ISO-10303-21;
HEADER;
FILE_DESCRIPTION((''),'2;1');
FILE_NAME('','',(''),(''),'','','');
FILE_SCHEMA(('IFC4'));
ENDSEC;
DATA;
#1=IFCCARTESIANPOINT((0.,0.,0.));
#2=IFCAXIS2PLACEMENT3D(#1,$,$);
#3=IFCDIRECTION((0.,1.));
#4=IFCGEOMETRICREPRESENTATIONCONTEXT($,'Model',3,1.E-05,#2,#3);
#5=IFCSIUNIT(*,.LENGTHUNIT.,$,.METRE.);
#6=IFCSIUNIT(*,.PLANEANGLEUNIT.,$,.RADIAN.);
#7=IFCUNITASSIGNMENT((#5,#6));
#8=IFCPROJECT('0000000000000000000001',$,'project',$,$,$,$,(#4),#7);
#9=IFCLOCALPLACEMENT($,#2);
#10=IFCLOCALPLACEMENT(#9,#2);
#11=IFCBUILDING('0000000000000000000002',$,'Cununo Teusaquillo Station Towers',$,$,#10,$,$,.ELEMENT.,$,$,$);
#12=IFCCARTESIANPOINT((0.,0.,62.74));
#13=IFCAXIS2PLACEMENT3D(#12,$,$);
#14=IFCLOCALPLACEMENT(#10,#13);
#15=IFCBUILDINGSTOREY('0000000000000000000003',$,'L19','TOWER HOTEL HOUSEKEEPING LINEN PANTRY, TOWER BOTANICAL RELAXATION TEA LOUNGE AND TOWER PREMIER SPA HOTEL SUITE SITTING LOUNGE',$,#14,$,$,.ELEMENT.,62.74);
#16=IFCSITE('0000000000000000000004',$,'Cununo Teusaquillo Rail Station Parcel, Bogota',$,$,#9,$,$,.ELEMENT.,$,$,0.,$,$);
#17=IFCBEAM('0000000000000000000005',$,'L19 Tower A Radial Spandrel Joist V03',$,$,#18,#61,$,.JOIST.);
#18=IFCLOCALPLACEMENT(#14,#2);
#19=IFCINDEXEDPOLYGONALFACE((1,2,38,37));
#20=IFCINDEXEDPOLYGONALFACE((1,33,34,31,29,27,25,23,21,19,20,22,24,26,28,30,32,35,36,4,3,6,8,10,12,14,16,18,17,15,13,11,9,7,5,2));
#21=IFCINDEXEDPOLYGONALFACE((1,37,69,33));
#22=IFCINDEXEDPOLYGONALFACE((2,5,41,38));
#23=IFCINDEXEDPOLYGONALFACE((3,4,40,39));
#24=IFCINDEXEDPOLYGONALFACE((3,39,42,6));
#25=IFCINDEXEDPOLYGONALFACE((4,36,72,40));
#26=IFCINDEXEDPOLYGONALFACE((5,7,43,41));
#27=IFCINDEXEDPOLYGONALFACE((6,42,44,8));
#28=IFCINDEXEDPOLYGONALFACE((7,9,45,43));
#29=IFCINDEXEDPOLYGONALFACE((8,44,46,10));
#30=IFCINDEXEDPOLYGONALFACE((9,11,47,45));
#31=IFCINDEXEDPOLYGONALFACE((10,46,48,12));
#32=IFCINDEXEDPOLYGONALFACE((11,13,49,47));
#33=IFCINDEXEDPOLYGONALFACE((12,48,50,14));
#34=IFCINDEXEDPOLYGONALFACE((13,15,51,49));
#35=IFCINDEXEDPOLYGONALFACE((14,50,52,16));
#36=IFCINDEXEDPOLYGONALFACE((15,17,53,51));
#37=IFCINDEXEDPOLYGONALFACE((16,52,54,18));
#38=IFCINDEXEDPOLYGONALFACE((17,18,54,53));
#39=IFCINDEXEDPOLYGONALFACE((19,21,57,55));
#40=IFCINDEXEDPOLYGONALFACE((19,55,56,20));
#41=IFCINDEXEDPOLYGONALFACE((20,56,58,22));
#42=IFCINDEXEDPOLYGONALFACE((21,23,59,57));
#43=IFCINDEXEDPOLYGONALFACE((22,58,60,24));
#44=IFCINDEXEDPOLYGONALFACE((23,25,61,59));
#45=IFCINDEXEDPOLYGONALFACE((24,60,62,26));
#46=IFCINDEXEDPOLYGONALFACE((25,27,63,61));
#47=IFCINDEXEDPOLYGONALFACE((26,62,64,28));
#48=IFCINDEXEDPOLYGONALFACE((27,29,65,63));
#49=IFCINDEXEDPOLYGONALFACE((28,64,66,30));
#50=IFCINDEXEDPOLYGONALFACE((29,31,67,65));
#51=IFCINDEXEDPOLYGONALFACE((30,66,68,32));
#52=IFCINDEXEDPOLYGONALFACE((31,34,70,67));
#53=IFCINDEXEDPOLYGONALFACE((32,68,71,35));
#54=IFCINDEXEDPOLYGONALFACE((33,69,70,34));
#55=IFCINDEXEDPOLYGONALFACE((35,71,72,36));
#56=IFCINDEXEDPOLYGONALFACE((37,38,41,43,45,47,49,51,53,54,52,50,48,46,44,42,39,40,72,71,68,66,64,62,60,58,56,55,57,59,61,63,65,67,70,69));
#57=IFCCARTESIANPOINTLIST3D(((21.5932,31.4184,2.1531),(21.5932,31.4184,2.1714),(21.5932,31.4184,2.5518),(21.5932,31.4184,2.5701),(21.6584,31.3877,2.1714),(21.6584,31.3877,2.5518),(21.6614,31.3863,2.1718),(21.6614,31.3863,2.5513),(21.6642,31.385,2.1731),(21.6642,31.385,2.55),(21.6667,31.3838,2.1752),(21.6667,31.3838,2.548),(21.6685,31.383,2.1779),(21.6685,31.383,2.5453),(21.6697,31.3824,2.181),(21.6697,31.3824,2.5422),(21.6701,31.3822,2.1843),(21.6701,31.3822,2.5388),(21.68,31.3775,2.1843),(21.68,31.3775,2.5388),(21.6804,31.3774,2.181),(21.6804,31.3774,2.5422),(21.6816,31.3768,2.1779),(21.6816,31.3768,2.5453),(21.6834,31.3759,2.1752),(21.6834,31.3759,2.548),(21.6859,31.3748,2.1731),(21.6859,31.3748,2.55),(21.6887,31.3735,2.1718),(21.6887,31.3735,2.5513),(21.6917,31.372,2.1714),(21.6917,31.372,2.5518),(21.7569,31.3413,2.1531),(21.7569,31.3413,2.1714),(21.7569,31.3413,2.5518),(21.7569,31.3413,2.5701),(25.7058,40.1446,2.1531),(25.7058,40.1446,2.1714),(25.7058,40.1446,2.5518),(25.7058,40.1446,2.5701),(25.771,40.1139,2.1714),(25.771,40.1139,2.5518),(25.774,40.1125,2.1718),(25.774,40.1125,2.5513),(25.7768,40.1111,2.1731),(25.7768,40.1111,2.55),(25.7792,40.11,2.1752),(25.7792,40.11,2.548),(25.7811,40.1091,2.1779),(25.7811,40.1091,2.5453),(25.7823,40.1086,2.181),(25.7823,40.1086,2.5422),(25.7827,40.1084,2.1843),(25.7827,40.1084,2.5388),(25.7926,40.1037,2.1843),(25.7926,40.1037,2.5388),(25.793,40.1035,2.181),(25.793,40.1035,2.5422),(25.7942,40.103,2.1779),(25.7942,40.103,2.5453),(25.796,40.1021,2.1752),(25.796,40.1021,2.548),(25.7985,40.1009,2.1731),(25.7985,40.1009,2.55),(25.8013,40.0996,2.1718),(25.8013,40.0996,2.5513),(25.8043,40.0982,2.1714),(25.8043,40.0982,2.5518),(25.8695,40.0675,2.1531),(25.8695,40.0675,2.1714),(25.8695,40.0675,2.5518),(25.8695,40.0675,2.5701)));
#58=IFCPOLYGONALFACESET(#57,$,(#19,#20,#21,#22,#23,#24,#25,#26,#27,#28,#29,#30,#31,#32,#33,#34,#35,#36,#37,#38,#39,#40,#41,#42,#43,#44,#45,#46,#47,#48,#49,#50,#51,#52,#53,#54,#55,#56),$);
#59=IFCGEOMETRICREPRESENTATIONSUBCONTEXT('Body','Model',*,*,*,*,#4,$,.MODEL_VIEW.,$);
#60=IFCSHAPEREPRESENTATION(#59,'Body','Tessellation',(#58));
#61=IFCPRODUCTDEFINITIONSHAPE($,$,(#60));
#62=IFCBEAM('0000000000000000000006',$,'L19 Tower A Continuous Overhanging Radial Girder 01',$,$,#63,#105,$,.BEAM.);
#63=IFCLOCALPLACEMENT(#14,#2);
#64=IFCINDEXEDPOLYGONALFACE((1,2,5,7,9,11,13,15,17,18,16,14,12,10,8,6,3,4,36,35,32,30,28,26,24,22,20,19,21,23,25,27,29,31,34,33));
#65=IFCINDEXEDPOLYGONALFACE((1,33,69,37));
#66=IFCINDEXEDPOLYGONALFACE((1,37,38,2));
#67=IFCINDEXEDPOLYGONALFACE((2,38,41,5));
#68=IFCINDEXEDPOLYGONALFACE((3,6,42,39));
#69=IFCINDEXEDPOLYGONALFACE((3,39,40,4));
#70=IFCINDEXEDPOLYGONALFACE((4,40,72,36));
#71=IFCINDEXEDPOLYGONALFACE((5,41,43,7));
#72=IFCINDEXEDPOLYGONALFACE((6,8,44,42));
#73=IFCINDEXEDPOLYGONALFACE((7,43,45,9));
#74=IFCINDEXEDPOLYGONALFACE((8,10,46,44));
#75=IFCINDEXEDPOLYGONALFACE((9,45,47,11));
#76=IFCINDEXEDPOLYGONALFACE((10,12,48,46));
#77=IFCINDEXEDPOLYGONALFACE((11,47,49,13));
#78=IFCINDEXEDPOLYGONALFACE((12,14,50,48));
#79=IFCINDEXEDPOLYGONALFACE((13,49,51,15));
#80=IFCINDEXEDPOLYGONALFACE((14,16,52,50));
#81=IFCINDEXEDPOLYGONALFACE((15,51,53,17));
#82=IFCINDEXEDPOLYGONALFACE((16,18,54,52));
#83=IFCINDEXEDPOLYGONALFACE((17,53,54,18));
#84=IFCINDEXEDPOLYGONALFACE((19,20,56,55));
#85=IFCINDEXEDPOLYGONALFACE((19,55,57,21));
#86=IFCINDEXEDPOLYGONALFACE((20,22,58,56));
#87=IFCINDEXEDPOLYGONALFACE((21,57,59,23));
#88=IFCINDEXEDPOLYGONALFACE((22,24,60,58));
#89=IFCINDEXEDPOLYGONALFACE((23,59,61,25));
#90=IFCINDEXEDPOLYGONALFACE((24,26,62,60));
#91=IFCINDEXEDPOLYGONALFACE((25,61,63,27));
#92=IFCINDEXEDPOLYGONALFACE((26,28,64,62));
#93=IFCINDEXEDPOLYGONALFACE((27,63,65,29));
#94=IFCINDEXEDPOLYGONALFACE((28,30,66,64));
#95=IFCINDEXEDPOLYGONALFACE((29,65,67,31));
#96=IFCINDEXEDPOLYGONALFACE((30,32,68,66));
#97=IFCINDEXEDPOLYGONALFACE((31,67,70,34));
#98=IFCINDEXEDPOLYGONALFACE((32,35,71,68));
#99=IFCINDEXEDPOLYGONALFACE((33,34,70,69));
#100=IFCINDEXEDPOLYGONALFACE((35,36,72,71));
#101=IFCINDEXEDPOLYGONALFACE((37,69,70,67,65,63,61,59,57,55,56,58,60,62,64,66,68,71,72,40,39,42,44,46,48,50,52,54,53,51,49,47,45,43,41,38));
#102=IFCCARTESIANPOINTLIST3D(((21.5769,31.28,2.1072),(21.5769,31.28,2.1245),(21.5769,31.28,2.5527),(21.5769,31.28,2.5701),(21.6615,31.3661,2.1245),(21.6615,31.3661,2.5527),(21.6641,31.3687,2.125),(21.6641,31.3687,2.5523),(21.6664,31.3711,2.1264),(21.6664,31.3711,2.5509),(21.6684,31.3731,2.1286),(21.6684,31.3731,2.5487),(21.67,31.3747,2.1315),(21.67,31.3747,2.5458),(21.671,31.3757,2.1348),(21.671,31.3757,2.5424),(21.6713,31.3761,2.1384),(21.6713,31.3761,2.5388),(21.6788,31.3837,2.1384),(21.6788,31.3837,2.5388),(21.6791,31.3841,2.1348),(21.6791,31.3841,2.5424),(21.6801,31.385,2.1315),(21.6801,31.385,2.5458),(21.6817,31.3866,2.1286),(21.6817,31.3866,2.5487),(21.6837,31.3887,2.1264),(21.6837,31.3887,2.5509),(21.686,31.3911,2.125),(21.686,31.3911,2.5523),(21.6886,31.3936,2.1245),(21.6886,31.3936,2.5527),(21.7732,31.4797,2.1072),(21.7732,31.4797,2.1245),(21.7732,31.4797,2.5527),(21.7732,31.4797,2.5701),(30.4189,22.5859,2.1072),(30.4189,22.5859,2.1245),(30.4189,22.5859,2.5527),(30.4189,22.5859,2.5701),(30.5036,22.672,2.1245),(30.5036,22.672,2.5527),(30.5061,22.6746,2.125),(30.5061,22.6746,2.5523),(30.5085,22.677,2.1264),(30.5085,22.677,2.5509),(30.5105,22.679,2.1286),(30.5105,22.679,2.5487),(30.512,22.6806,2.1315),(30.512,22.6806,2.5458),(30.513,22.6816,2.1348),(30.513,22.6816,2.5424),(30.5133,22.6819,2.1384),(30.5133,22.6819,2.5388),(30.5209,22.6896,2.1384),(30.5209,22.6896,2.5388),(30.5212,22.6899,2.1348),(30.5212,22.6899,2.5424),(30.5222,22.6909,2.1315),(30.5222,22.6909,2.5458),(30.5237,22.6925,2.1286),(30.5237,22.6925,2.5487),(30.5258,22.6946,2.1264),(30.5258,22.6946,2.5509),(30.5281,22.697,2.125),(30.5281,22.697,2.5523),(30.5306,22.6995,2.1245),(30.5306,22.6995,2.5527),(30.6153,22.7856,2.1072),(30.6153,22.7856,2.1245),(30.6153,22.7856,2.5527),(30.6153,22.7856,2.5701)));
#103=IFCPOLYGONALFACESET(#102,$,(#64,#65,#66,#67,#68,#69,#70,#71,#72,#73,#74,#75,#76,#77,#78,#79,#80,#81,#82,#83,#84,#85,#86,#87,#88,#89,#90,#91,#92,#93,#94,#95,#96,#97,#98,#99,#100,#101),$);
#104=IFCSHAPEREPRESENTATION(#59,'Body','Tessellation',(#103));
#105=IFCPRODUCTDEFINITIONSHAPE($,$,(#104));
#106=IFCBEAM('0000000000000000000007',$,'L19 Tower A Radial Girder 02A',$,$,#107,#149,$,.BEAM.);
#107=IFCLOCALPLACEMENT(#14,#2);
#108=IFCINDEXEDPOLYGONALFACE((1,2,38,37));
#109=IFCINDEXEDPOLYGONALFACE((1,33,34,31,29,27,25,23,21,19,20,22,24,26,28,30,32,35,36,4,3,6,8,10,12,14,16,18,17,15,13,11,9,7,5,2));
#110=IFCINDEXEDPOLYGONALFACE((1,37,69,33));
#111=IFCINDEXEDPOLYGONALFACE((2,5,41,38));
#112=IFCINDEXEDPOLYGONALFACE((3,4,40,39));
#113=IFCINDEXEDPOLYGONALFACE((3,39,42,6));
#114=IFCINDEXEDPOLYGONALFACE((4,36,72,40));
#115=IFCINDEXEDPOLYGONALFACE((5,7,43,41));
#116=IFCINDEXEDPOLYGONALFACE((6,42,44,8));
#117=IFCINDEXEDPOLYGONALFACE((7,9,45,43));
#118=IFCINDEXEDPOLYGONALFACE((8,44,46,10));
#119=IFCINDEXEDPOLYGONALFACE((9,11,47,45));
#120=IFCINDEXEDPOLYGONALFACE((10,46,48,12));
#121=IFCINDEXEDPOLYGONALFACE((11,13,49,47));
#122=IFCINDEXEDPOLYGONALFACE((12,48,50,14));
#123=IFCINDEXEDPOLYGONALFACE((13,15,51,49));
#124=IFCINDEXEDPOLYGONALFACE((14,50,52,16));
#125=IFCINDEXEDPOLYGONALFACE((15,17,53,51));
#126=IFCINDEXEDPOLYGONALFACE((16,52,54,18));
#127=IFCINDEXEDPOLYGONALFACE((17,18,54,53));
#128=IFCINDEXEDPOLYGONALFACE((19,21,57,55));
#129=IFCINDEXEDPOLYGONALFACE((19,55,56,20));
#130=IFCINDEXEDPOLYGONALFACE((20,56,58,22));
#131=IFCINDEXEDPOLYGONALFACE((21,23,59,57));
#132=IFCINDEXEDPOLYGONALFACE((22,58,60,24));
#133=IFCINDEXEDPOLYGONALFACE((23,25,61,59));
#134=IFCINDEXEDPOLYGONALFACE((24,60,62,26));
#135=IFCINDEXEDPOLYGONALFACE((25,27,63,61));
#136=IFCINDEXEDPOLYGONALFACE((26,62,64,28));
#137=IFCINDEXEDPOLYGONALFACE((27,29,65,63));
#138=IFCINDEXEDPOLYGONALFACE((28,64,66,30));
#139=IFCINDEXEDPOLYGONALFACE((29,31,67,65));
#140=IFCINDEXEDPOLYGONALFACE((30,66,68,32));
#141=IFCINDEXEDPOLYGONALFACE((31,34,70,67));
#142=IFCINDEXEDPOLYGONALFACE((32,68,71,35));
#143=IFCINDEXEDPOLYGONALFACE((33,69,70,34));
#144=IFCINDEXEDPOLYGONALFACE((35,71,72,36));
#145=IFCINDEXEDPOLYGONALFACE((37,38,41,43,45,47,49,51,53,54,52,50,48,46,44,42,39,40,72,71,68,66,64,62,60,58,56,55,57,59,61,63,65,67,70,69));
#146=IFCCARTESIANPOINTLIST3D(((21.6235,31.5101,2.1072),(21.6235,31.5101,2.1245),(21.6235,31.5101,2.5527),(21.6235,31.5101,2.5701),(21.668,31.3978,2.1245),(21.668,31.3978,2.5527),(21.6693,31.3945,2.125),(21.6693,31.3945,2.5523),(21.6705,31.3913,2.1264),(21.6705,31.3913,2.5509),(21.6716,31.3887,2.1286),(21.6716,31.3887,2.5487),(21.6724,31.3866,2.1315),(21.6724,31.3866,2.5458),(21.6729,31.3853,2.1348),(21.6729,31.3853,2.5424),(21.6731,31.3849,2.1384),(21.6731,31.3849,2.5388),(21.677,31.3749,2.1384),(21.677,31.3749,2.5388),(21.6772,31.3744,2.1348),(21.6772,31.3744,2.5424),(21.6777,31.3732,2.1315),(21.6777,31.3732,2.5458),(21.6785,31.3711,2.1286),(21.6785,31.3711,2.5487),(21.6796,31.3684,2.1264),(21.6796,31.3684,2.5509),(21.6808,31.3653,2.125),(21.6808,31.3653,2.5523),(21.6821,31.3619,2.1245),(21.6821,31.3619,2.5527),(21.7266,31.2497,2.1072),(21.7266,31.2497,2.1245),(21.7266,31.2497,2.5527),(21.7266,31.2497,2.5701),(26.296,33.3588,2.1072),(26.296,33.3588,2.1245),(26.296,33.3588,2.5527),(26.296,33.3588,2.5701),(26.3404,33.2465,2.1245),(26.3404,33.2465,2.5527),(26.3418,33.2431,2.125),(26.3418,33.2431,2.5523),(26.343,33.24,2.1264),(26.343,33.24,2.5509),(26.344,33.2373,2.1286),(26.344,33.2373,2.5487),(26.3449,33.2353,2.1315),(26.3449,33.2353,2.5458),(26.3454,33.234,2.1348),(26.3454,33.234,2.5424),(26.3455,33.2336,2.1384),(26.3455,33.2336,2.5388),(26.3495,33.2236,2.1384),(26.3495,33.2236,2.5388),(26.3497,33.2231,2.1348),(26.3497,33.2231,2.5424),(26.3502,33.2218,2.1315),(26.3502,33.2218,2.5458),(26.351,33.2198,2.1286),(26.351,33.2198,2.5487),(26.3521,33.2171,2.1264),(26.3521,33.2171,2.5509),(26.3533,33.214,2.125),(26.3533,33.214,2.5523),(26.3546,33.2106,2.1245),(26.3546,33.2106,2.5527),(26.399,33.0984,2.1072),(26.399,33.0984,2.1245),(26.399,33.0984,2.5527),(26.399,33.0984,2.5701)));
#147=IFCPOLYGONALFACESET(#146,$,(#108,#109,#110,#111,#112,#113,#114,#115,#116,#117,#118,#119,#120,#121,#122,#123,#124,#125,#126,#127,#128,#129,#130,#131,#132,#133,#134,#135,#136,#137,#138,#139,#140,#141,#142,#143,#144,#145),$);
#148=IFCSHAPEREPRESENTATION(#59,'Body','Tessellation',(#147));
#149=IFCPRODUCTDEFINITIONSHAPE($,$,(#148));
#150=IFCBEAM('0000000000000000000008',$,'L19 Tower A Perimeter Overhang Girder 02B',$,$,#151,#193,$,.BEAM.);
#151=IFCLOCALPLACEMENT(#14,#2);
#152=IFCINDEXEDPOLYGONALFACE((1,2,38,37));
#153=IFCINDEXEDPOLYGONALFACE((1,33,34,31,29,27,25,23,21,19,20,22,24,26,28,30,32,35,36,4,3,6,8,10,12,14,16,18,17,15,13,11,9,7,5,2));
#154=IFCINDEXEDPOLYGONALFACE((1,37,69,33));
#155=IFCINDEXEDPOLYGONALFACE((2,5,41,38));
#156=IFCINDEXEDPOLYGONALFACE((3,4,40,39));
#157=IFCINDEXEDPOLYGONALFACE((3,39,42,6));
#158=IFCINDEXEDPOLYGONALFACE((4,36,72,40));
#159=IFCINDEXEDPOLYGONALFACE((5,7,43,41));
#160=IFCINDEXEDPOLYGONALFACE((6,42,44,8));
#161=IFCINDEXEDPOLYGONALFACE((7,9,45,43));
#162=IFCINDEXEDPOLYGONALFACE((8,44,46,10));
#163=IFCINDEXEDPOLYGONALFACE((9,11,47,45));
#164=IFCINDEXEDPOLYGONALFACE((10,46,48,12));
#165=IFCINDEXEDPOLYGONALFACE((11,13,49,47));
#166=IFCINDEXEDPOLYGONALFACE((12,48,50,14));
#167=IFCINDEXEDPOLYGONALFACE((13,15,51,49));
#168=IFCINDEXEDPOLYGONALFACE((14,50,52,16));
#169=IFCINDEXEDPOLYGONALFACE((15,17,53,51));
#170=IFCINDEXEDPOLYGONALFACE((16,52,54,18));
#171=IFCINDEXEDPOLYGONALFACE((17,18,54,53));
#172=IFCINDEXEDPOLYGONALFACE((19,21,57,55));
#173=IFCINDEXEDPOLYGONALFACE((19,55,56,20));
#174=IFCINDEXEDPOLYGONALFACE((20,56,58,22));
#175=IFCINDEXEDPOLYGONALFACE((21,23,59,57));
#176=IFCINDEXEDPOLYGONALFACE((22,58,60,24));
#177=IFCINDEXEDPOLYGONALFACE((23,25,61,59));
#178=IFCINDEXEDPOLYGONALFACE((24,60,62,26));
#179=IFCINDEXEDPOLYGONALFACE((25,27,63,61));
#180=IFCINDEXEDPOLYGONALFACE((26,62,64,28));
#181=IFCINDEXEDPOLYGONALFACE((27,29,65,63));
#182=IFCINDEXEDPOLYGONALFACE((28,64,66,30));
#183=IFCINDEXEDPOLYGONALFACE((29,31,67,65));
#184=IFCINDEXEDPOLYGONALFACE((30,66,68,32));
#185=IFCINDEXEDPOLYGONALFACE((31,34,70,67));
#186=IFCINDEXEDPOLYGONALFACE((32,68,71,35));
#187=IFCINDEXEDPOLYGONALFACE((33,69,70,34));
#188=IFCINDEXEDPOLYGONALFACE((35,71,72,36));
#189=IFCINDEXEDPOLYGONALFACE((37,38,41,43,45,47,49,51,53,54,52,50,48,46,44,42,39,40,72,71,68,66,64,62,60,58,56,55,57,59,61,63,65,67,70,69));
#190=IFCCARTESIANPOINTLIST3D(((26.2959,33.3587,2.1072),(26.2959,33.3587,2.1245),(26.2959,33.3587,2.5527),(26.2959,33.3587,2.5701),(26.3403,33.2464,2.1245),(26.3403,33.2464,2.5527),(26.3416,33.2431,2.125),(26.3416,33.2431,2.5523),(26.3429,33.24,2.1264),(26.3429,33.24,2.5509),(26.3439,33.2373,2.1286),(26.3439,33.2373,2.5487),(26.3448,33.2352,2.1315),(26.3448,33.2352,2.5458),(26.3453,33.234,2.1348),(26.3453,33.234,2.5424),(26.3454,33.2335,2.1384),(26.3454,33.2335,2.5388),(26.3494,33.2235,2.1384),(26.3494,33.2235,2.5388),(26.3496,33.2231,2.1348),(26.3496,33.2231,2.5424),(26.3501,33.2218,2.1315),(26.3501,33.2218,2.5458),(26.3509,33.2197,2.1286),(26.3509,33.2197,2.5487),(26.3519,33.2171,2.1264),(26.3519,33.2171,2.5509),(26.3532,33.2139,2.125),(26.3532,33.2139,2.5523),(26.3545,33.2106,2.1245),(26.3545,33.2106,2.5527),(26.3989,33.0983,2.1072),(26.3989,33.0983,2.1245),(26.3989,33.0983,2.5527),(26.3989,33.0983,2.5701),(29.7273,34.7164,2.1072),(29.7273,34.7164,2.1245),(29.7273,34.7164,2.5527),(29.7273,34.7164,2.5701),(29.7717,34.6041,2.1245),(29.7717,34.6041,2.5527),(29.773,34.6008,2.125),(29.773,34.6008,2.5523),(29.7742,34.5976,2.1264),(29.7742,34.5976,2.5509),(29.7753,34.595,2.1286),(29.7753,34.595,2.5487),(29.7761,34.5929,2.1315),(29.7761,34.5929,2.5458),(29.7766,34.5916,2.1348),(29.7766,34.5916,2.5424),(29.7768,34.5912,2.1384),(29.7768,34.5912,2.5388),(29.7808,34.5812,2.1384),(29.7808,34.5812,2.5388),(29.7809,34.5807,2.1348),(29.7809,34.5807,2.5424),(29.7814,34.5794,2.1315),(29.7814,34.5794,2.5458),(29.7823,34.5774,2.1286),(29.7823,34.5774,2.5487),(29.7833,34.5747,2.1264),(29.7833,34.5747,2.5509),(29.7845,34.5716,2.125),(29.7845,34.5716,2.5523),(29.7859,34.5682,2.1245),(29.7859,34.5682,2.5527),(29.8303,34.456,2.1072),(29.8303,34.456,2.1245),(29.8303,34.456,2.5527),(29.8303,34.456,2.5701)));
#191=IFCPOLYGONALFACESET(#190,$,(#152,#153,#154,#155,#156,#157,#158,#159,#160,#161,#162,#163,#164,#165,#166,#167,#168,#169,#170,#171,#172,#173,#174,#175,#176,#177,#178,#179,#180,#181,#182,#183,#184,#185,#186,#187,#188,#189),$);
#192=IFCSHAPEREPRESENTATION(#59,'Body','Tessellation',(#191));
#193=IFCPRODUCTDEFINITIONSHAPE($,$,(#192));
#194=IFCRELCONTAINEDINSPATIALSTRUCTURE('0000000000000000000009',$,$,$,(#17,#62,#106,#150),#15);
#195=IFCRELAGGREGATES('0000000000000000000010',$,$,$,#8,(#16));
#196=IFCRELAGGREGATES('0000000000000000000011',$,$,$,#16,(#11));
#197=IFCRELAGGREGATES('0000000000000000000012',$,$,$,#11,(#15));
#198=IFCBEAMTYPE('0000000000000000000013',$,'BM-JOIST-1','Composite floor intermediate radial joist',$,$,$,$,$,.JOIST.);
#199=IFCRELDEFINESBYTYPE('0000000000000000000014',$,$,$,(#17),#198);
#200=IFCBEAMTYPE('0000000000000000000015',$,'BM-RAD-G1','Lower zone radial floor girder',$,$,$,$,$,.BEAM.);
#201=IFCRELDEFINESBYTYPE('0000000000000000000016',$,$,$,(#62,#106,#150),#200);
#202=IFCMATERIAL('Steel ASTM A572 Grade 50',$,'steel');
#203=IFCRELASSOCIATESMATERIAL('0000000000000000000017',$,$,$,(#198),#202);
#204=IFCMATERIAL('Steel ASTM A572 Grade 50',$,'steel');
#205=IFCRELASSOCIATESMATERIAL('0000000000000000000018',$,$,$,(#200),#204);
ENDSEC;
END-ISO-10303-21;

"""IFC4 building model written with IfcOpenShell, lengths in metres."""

from ifc_helpers import new_model, si_unit, direction, frame, origin, origin_2d, place, context, subcontext, project, spatial, i_section, extrude, material, material_profile, profile_set, type_object, element, save


model = new_model("IFC4")

# Units and contexts
model_context = context("Model", 3, precision=1e-05, world=origin(), true_north=direction((0.0, 1.0)))
body_context = subcontext(model_context, "Body", "Model", "MODEL_VIEW")
ifc_project = project(units=[si_unit("LENGTHUNIT", "METRE"), si_unit("PLANEANGLEUNIT", "RADIAN")], contexts=[model_context])

# Site, building, storey
site_placement = place(None, origin())
site = spatial("IfcSite", under=ifc_project, at=site_placement, Name="Cununo Teusaquillo Rail Station Parcel, Bogota", CompositionType="ELEMENT", RefElevation=0.0)
building_placement = place(site_placement, origin())
building = spatial("IfcBuilding", under=site, at=building_placement, Name="Cununo Teusaquillo Station Towers", CompositionType="ELEMENT")
storey_placement = place(building_placement, frame((0.0, 0.0, 62.74)))
storey = spatial("IfcBuildingStorey", under=building, at=storey_placement, Name="L19", Description="TOWER HOTEL HOUSEKEEPING LINEN PANTRY, TOWER BOTANICAL RELAXATION TEA LOUNGE AND TOWER PREMIER SPA HOTEL SUITE SITTING LOUNGE", CompositionType="ELEMENT", Elevation=62.74)

# Beams
ifc_material_1 = material(Name="Steel ASTM A572 Grade 50", Category="steel")
ifc_material_profile_1 = material_profile(ifc_material_1, i_section(OverallWidth=0.1809, OverallDepth=0.417, WebThickness=0.011, FlangeThickness=0.0183, FilletRadius=0.0129, at=origin_2d()), Name="W16X57")
ifc_profile_set_1 = profile_set([ifc_material_profile_1], Name="Steel ASTM A572 Grade 50")
beam_type_1 = type_object("IfcBeamType", Name="BM-JOIST-1", Description="Composite floor intermediate radial joist", PredefinedType="JOIST", material=ifc_profile_set_1)
beam_1_placement = place(storey_placement, frame((21.675, 31.3799, 2.3616), z_axis=(0.42632, 0.904572, 0.0), x_axis=(-0.904572, 0.42632, 0.0)))
element("IfcBeam", 1, at=beam_1_placement, inside=storey, type_object=beam_type_1, Name="L19 Tower A Radial Spandrel Joist V03", PredefinedType="JOIST", context=body_context, shape_type="SweptSolid", body=[
    extrude(i_section(OverallWidth=0.1809, OverallDepth=0.417, WebThickness=0.011, FlangeThickness=0.0183, FilletRadius=0.0129, at=origin_2d()), origin(), (0.0, 0.0, 1.0), 9.6467),
])
ifc_material_2 = material(Name="Steel ASTM A572 Grade 50", Category="steel")
ifc_material_profile_2 = material_profile(ifc_material_2, i_section(OverallWidth=0.28, OverallDepth=0.4629, WebThickness=0.0107, FlangeThickness=0.0173, FilletRadius=0.0139, at=origin_2d()), Name="W18X76")
ifc_profile_set_2 = profile_set([ifc_material_profile_2], Name="Steel ASTM A572 Grade 50")
beam_type_2 = type_object("IfcBeamType", Name="BM-RAD-G1", Description="Lower zone radial floor girder", PredefinedType="BEAM", material=ifc_profile_set_2)
beam_2_placement = place(storey_placement, frame((21.675, 31.3799, 2.3386), z_axis=(0.713047, -0.701116, 0.0), x_axis=(0.701116, 0.713047, 0.0)))
element("IfcBeam", 2, at=beam_2_placement, inside=storey, type_object=beam_type_2, Name="L19 Tower A Continuous Overhanging Radial Girder 01", PredefinedType="BEAM", context=body_context, shape_type="SweptSolid", body=[
    extrude(i_section(OverallWidth=0.28, OverallDepth=0.4629, WebThickness=0.0107, FlangeThickness=0.0173, FilletRadius=0.0139, at=origin_2d()), origin(), (0.0, 0.0, 1.0), 12.4004),
])
beam_3_placement = place(storey_placement, frame((21.675, 31.3799, 2.3386), z_axis=(0.929864, 0.367903, 0.0), x_axis=(-0.367903, 0.929864, 0.0)))
element("IfcBeam", 3, at=beam_3_placement, inside=storey, type_object=beam_type_2, Name="L19 Tower A Radial Girder 02A", PredefinedType="BEAM", context=body_context, shape_type="SweptSolid", body=[
    extrude(i_section(OverallWidth=0.28, OverallDepth=0.4629, WebThickness=0.0107, FlangeThickness=0.0173, FilletRadius=0.0139, at=origin_2d()), origin(), (0.0, 0.0, 1.0), 5.0249),
])
beam_4_placement = place(storey_placement, frame((26.3474, 33.2285, 2.3386), z_axis=(0.929862, 0.367909, 0.0), x_axis=(-0.367909, 0.929862, 0.0)))
element("IfcBeam", 4, at=beam_4_placement, inside=storey, type_object=beam_type_2, Name="L19 Tower A Perimeter Overhang Girder 02B", PredefinedType="BEAM", context=body_context, shape_type="SweptSolid", body=[
    extrude(i_section(OverallWidth=0.28, OverallDepth=0.4629, WebThickness=0.0107, FlangeThickness=0.0173, FilletRadius=0.0139, at=origin_2d()), origin(), (0.0, 0.0, 1.0), 3.6902),
])

save(model, "model.ifc")
